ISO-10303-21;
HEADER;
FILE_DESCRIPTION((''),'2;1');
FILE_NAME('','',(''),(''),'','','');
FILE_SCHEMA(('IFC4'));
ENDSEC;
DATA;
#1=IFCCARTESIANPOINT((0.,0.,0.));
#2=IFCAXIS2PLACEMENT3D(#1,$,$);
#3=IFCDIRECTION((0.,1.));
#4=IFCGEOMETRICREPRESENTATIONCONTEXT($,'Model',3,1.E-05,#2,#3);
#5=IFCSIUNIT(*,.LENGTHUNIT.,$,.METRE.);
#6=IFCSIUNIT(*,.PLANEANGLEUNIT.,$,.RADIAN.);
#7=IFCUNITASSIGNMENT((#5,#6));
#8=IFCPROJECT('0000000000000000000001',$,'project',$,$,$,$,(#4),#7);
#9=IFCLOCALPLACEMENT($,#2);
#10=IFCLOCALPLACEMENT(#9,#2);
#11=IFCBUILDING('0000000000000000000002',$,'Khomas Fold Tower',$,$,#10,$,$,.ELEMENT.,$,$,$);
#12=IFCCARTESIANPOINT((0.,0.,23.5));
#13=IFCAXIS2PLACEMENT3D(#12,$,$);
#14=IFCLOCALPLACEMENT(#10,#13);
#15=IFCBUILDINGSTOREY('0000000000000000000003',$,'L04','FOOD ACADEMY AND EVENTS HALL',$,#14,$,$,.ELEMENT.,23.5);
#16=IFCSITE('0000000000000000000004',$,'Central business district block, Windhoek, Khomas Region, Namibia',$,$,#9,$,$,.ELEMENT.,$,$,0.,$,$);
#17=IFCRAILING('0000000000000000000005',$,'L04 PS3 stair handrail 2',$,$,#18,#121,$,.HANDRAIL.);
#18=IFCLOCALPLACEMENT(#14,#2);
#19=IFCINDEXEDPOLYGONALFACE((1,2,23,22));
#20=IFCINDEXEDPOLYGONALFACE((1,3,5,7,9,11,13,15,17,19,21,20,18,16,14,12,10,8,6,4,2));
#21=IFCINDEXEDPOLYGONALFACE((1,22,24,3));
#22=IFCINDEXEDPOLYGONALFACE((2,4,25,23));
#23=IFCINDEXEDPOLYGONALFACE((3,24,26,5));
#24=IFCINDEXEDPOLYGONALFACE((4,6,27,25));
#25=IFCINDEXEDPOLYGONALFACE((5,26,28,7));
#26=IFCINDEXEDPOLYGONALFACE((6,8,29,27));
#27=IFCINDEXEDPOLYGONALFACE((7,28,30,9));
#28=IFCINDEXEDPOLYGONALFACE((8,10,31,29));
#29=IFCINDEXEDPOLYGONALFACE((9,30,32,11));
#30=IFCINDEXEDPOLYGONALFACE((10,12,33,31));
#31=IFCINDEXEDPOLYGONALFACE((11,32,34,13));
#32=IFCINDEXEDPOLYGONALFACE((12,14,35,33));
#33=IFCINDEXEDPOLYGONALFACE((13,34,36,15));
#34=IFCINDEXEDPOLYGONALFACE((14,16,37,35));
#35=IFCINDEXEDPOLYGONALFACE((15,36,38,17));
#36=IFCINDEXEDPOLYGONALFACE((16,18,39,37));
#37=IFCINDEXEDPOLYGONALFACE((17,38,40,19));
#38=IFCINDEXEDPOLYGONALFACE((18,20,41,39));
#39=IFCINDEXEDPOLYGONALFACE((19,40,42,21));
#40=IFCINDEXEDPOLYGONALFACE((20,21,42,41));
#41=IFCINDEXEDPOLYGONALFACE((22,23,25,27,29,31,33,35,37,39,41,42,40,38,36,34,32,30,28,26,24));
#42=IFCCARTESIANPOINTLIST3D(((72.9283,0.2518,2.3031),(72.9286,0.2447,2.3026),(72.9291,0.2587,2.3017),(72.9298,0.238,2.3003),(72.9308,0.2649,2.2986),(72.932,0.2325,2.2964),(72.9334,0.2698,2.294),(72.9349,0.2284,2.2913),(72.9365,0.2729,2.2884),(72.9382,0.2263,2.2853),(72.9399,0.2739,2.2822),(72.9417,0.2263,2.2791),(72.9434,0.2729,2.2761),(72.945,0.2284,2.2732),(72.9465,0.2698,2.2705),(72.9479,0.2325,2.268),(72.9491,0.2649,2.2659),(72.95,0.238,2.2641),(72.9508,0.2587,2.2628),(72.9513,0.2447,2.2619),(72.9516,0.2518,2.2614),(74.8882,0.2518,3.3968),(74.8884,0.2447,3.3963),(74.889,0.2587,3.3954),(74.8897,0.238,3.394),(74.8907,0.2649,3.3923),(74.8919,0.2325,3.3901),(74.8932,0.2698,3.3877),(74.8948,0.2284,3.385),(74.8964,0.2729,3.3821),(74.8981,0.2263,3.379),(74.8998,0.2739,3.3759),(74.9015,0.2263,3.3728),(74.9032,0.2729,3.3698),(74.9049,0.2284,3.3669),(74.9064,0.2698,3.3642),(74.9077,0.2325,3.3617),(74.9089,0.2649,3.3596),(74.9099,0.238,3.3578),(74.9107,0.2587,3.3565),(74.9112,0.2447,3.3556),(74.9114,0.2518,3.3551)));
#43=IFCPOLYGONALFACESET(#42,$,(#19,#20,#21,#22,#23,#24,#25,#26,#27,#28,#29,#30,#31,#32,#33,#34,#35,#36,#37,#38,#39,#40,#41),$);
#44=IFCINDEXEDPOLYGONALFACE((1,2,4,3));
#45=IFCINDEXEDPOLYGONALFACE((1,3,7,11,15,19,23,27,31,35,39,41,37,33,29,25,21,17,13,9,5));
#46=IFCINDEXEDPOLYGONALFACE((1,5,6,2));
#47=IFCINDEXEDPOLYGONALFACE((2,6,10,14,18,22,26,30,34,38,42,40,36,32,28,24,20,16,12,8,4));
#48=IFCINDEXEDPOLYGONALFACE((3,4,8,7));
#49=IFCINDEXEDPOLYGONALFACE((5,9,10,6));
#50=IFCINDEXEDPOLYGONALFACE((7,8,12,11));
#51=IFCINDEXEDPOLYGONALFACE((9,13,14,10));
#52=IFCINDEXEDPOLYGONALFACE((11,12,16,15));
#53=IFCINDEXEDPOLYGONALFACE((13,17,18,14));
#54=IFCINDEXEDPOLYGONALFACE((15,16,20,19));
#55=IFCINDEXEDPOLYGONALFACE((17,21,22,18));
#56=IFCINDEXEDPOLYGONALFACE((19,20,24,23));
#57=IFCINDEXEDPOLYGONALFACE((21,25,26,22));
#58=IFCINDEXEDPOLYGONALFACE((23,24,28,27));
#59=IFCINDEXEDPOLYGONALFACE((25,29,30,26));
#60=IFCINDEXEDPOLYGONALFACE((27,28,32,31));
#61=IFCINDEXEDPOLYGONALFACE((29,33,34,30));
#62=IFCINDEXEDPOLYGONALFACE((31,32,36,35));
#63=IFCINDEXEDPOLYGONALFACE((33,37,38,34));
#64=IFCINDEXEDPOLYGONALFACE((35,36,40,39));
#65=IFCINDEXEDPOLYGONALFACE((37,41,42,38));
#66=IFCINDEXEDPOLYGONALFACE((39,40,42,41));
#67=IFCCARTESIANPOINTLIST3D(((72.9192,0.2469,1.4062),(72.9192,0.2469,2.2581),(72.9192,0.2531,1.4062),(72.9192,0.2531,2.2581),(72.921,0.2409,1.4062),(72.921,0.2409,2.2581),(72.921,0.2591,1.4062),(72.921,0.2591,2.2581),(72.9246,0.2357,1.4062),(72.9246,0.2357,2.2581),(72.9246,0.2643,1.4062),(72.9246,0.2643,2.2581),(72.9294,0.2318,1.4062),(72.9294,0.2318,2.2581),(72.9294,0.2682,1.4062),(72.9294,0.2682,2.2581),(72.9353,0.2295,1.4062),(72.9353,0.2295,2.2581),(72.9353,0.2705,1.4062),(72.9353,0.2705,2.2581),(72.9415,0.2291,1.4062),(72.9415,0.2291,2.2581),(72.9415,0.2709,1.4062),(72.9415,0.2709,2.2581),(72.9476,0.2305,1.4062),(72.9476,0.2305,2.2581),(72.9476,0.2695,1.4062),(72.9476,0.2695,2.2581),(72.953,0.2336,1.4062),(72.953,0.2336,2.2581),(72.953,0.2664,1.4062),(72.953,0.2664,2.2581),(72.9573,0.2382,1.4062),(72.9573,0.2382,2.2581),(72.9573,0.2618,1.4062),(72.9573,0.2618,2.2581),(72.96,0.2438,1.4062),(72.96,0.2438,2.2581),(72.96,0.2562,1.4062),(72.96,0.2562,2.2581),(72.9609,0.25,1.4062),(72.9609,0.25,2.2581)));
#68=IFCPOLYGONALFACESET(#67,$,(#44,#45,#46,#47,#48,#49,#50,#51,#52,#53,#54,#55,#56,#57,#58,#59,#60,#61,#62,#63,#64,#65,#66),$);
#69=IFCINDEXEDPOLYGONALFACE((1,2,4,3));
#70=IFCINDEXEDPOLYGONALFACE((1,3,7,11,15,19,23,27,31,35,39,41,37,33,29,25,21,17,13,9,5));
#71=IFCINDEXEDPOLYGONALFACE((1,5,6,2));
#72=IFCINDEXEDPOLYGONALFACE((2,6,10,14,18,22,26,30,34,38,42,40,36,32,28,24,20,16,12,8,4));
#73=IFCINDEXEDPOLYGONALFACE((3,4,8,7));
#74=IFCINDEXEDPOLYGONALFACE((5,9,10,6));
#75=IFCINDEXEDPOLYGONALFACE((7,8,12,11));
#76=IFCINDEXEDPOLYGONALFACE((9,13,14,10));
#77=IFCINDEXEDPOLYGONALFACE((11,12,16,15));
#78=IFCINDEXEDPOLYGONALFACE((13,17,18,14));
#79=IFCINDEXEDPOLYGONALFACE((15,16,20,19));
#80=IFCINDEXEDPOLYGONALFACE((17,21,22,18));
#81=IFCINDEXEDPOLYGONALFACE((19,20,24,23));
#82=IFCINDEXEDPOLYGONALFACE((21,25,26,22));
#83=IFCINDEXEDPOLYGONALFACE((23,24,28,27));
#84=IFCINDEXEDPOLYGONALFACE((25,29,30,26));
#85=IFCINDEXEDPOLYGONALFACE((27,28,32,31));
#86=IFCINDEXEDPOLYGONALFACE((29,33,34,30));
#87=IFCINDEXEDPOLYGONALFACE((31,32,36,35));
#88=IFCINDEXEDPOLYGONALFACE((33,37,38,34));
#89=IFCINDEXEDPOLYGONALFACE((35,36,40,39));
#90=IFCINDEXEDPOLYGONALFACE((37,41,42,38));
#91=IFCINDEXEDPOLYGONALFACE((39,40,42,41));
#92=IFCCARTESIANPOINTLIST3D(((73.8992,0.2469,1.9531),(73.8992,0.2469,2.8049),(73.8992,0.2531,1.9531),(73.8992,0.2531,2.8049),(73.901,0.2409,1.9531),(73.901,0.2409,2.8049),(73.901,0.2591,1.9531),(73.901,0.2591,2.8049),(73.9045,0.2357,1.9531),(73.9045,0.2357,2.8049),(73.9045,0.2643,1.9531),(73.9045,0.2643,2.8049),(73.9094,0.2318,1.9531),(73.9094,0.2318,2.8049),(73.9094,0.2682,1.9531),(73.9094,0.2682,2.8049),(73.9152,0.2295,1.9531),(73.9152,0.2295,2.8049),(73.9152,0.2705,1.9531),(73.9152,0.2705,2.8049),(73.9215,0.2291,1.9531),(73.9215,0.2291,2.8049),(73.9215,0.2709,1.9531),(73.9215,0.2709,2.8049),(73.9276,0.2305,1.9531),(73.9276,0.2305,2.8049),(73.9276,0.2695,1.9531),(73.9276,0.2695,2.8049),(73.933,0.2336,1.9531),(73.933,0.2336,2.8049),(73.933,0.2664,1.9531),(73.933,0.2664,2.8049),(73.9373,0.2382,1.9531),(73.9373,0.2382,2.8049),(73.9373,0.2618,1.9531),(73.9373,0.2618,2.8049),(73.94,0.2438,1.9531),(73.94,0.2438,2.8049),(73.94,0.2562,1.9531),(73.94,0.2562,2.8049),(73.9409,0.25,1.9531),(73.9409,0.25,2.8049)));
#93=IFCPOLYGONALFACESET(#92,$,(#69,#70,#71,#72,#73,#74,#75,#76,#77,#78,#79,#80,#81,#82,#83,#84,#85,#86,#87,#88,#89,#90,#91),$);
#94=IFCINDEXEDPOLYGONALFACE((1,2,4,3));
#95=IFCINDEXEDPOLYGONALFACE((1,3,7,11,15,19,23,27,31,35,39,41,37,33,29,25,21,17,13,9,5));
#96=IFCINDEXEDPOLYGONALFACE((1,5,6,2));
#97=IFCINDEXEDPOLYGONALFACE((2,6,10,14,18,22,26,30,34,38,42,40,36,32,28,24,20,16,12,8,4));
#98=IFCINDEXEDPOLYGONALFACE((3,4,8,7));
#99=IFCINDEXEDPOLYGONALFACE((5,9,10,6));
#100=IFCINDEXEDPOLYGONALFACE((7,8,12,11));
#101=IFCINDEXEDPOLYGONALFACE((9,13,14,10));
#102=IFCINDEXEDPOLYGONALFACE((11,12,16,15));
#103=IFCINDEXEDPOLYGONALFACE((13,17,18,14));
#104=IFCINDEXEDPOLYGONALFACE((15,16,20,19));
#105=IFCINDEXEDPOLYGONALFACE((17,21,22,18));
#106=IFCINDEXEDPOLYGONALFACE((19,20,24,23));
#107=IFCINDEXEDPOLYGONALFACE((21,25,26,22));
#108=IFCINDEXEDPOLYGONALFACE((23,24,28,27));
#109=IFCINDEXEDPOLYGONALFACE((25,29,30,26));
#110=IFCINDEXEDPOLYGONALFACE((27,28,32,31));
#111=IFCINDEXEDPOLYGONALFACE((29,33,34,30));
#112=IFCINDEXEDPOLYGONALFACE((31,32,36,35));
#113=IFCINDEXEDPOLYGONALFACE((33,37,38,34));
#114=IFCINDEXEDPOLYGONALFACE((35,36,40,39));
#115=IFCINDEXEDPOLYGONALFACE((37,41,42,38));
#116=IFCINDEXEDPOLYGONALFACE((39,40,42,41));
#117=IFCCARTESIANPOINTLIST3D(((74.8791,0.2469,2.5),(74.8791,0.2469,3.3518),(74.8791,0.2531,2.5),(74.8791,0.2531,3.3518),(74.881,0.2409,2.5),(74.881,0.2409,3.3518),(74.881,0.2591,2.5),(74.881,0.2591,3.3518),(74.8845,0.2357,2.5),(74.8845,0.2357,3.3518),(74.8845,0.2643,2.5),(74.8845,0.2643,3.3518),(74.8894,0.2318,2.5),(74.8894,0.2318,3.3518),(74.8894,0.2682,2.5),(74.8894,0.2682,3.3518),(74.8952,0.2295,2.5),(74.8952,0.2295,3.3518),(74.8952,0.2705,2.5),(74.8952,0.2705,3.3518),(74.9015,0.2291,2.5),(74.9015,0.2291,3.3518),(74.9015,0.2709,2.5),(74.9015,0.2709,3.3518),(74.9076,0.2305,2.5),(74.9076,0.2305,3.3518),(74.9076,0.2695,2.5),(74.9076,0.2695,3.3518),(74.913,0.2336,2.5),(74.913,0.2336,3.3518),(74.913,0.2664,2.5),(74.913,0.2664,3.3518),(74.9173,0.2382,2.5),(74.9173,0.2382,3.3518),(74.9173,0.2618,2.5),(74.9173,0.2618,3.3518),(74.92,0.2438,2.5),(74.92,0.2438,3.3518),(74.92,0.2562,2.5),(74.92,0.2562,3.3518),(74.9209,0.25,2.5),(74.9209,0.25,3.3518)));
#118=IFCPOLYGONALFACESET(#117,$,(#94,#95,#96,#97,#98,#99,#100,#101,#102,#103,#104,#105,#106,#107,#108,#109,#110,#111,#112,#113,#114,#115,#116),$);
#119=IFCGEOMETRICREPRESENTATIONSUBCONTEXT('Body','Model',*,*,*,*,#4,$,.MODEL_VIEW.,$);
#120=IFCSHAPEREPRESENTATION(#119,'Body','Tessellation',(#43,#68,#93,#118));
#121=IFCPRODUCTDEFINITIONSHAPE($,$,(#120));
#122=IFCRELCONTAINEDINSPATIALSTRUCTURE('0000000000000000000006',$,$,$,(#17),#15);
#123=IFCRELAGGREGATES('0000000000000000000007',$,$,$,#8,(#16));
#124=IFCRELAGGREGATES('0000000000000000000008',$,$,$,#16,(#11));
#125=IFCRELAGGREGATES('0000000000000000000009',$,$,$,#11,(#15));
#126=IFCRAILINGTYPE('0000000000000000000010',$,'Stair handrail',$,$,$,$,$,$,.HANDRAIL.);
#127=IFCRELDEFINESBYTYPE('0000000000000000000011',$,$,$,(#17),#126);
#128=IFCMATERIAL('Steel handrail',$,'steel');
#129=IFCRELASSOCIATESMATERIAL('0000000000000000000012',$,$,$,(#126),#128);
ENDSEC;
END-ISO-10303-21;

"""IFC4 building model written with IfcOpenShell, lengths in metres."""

from ifc_helpers import new_model, si_unit, direction, frame, origin, origin_2d, place, context, subcontext, project, spatial, circle, extrude, source, transform, mapped, material, type_object, element, save


model = new_model("IFC4")

# Units and contexts
model_context = context("Model", 3, precision=1e-05, world=origin(), true_north=direction((0.0, 1.0)))
body_context = subcontext(model_context, "Body", "Model", "MODEL_VIEW")
ifc_project = project(units=[si_unit("LENGTHUNIT", "METRE"), si_unit("PLANEANGLEUNIT", "RADIAN")], contexts=[model_context])

# Site, building, storey
site_placement = place(None, origin())
site = spatial("IfcSite", under=ifc_project, at=site_placement, Name="Central business district block, Windhoek, Khomas Region, Namibia", CompositionType="ELEMENT", RefElevation=0.0)
building_placement = place(site_placement, origin())
building = spatial("IfcBuilding", under=site, at=building_placement, Name="Khomas Fold Tower", CompositionType="ELEMENT")
storey_placement = place(building_placement, frame((0.0, 0.0, 23.5)))
storey = spatial("IfcBuildingStorey", under=building, at=storey_placement, Name="L04", Description="FOOD ACADEMY AND EVENTS HALL", CompositionType="ELEMENT", Elevation=23.5)

# Railing
ifc_material_1 = material(Name="Steel handrail", Category="steel")
railing_type_1 = type_object("IfcRailingType", Name="Stair handrail", PredefinedType="HANDRAIL", material=ifc_material_1)
shared_shape_1 = source(origin(), body_context, "Body", "SweptSolid", [
    extrude(circle(Radius=0.0239, at=origin_2d()), frame((0.0, 0.0, 0.876), z_axis=(0.873232, 0.0, 0.487304), x_axis=(0.0, 1.0, 0.0)), (0.0, 0.0, 1.0), 2.2444),
    extrude(circle(Radius=0.021, at=origin_2d()), origin(), (0.0, 0.0, 1.0), 0.8518),
    extrude(circle(Radius=0.021, at=origin_2d()), frame((0.98, 0.0, 0.5469)), (0.0, 0.0, 1.0), 0.8518),
    extrude(circle(Radius=0.021, at=origin_2d()), frame((1.96, 0.0, 1.0938)), (0.0, 0.0, 1.0), 0.8518),
])
for number, where, name in (
    (1, (72.9399, 0.25, 1.4062), "L04 PS3 stair handrail 2"),
):
    element("IfcRailing", number, at=place(storey_placement, frame(where)), inside=storey, type_object=railing_type_1, Name=name, PredefinedType="HANDRAIL", context=body_context, shape_type="MappedRepresentation", body=[
        mapped(shared_shape_1, transform((0.0, 0.0, 0.0))),
    ])

save(model, "model.ifc")
